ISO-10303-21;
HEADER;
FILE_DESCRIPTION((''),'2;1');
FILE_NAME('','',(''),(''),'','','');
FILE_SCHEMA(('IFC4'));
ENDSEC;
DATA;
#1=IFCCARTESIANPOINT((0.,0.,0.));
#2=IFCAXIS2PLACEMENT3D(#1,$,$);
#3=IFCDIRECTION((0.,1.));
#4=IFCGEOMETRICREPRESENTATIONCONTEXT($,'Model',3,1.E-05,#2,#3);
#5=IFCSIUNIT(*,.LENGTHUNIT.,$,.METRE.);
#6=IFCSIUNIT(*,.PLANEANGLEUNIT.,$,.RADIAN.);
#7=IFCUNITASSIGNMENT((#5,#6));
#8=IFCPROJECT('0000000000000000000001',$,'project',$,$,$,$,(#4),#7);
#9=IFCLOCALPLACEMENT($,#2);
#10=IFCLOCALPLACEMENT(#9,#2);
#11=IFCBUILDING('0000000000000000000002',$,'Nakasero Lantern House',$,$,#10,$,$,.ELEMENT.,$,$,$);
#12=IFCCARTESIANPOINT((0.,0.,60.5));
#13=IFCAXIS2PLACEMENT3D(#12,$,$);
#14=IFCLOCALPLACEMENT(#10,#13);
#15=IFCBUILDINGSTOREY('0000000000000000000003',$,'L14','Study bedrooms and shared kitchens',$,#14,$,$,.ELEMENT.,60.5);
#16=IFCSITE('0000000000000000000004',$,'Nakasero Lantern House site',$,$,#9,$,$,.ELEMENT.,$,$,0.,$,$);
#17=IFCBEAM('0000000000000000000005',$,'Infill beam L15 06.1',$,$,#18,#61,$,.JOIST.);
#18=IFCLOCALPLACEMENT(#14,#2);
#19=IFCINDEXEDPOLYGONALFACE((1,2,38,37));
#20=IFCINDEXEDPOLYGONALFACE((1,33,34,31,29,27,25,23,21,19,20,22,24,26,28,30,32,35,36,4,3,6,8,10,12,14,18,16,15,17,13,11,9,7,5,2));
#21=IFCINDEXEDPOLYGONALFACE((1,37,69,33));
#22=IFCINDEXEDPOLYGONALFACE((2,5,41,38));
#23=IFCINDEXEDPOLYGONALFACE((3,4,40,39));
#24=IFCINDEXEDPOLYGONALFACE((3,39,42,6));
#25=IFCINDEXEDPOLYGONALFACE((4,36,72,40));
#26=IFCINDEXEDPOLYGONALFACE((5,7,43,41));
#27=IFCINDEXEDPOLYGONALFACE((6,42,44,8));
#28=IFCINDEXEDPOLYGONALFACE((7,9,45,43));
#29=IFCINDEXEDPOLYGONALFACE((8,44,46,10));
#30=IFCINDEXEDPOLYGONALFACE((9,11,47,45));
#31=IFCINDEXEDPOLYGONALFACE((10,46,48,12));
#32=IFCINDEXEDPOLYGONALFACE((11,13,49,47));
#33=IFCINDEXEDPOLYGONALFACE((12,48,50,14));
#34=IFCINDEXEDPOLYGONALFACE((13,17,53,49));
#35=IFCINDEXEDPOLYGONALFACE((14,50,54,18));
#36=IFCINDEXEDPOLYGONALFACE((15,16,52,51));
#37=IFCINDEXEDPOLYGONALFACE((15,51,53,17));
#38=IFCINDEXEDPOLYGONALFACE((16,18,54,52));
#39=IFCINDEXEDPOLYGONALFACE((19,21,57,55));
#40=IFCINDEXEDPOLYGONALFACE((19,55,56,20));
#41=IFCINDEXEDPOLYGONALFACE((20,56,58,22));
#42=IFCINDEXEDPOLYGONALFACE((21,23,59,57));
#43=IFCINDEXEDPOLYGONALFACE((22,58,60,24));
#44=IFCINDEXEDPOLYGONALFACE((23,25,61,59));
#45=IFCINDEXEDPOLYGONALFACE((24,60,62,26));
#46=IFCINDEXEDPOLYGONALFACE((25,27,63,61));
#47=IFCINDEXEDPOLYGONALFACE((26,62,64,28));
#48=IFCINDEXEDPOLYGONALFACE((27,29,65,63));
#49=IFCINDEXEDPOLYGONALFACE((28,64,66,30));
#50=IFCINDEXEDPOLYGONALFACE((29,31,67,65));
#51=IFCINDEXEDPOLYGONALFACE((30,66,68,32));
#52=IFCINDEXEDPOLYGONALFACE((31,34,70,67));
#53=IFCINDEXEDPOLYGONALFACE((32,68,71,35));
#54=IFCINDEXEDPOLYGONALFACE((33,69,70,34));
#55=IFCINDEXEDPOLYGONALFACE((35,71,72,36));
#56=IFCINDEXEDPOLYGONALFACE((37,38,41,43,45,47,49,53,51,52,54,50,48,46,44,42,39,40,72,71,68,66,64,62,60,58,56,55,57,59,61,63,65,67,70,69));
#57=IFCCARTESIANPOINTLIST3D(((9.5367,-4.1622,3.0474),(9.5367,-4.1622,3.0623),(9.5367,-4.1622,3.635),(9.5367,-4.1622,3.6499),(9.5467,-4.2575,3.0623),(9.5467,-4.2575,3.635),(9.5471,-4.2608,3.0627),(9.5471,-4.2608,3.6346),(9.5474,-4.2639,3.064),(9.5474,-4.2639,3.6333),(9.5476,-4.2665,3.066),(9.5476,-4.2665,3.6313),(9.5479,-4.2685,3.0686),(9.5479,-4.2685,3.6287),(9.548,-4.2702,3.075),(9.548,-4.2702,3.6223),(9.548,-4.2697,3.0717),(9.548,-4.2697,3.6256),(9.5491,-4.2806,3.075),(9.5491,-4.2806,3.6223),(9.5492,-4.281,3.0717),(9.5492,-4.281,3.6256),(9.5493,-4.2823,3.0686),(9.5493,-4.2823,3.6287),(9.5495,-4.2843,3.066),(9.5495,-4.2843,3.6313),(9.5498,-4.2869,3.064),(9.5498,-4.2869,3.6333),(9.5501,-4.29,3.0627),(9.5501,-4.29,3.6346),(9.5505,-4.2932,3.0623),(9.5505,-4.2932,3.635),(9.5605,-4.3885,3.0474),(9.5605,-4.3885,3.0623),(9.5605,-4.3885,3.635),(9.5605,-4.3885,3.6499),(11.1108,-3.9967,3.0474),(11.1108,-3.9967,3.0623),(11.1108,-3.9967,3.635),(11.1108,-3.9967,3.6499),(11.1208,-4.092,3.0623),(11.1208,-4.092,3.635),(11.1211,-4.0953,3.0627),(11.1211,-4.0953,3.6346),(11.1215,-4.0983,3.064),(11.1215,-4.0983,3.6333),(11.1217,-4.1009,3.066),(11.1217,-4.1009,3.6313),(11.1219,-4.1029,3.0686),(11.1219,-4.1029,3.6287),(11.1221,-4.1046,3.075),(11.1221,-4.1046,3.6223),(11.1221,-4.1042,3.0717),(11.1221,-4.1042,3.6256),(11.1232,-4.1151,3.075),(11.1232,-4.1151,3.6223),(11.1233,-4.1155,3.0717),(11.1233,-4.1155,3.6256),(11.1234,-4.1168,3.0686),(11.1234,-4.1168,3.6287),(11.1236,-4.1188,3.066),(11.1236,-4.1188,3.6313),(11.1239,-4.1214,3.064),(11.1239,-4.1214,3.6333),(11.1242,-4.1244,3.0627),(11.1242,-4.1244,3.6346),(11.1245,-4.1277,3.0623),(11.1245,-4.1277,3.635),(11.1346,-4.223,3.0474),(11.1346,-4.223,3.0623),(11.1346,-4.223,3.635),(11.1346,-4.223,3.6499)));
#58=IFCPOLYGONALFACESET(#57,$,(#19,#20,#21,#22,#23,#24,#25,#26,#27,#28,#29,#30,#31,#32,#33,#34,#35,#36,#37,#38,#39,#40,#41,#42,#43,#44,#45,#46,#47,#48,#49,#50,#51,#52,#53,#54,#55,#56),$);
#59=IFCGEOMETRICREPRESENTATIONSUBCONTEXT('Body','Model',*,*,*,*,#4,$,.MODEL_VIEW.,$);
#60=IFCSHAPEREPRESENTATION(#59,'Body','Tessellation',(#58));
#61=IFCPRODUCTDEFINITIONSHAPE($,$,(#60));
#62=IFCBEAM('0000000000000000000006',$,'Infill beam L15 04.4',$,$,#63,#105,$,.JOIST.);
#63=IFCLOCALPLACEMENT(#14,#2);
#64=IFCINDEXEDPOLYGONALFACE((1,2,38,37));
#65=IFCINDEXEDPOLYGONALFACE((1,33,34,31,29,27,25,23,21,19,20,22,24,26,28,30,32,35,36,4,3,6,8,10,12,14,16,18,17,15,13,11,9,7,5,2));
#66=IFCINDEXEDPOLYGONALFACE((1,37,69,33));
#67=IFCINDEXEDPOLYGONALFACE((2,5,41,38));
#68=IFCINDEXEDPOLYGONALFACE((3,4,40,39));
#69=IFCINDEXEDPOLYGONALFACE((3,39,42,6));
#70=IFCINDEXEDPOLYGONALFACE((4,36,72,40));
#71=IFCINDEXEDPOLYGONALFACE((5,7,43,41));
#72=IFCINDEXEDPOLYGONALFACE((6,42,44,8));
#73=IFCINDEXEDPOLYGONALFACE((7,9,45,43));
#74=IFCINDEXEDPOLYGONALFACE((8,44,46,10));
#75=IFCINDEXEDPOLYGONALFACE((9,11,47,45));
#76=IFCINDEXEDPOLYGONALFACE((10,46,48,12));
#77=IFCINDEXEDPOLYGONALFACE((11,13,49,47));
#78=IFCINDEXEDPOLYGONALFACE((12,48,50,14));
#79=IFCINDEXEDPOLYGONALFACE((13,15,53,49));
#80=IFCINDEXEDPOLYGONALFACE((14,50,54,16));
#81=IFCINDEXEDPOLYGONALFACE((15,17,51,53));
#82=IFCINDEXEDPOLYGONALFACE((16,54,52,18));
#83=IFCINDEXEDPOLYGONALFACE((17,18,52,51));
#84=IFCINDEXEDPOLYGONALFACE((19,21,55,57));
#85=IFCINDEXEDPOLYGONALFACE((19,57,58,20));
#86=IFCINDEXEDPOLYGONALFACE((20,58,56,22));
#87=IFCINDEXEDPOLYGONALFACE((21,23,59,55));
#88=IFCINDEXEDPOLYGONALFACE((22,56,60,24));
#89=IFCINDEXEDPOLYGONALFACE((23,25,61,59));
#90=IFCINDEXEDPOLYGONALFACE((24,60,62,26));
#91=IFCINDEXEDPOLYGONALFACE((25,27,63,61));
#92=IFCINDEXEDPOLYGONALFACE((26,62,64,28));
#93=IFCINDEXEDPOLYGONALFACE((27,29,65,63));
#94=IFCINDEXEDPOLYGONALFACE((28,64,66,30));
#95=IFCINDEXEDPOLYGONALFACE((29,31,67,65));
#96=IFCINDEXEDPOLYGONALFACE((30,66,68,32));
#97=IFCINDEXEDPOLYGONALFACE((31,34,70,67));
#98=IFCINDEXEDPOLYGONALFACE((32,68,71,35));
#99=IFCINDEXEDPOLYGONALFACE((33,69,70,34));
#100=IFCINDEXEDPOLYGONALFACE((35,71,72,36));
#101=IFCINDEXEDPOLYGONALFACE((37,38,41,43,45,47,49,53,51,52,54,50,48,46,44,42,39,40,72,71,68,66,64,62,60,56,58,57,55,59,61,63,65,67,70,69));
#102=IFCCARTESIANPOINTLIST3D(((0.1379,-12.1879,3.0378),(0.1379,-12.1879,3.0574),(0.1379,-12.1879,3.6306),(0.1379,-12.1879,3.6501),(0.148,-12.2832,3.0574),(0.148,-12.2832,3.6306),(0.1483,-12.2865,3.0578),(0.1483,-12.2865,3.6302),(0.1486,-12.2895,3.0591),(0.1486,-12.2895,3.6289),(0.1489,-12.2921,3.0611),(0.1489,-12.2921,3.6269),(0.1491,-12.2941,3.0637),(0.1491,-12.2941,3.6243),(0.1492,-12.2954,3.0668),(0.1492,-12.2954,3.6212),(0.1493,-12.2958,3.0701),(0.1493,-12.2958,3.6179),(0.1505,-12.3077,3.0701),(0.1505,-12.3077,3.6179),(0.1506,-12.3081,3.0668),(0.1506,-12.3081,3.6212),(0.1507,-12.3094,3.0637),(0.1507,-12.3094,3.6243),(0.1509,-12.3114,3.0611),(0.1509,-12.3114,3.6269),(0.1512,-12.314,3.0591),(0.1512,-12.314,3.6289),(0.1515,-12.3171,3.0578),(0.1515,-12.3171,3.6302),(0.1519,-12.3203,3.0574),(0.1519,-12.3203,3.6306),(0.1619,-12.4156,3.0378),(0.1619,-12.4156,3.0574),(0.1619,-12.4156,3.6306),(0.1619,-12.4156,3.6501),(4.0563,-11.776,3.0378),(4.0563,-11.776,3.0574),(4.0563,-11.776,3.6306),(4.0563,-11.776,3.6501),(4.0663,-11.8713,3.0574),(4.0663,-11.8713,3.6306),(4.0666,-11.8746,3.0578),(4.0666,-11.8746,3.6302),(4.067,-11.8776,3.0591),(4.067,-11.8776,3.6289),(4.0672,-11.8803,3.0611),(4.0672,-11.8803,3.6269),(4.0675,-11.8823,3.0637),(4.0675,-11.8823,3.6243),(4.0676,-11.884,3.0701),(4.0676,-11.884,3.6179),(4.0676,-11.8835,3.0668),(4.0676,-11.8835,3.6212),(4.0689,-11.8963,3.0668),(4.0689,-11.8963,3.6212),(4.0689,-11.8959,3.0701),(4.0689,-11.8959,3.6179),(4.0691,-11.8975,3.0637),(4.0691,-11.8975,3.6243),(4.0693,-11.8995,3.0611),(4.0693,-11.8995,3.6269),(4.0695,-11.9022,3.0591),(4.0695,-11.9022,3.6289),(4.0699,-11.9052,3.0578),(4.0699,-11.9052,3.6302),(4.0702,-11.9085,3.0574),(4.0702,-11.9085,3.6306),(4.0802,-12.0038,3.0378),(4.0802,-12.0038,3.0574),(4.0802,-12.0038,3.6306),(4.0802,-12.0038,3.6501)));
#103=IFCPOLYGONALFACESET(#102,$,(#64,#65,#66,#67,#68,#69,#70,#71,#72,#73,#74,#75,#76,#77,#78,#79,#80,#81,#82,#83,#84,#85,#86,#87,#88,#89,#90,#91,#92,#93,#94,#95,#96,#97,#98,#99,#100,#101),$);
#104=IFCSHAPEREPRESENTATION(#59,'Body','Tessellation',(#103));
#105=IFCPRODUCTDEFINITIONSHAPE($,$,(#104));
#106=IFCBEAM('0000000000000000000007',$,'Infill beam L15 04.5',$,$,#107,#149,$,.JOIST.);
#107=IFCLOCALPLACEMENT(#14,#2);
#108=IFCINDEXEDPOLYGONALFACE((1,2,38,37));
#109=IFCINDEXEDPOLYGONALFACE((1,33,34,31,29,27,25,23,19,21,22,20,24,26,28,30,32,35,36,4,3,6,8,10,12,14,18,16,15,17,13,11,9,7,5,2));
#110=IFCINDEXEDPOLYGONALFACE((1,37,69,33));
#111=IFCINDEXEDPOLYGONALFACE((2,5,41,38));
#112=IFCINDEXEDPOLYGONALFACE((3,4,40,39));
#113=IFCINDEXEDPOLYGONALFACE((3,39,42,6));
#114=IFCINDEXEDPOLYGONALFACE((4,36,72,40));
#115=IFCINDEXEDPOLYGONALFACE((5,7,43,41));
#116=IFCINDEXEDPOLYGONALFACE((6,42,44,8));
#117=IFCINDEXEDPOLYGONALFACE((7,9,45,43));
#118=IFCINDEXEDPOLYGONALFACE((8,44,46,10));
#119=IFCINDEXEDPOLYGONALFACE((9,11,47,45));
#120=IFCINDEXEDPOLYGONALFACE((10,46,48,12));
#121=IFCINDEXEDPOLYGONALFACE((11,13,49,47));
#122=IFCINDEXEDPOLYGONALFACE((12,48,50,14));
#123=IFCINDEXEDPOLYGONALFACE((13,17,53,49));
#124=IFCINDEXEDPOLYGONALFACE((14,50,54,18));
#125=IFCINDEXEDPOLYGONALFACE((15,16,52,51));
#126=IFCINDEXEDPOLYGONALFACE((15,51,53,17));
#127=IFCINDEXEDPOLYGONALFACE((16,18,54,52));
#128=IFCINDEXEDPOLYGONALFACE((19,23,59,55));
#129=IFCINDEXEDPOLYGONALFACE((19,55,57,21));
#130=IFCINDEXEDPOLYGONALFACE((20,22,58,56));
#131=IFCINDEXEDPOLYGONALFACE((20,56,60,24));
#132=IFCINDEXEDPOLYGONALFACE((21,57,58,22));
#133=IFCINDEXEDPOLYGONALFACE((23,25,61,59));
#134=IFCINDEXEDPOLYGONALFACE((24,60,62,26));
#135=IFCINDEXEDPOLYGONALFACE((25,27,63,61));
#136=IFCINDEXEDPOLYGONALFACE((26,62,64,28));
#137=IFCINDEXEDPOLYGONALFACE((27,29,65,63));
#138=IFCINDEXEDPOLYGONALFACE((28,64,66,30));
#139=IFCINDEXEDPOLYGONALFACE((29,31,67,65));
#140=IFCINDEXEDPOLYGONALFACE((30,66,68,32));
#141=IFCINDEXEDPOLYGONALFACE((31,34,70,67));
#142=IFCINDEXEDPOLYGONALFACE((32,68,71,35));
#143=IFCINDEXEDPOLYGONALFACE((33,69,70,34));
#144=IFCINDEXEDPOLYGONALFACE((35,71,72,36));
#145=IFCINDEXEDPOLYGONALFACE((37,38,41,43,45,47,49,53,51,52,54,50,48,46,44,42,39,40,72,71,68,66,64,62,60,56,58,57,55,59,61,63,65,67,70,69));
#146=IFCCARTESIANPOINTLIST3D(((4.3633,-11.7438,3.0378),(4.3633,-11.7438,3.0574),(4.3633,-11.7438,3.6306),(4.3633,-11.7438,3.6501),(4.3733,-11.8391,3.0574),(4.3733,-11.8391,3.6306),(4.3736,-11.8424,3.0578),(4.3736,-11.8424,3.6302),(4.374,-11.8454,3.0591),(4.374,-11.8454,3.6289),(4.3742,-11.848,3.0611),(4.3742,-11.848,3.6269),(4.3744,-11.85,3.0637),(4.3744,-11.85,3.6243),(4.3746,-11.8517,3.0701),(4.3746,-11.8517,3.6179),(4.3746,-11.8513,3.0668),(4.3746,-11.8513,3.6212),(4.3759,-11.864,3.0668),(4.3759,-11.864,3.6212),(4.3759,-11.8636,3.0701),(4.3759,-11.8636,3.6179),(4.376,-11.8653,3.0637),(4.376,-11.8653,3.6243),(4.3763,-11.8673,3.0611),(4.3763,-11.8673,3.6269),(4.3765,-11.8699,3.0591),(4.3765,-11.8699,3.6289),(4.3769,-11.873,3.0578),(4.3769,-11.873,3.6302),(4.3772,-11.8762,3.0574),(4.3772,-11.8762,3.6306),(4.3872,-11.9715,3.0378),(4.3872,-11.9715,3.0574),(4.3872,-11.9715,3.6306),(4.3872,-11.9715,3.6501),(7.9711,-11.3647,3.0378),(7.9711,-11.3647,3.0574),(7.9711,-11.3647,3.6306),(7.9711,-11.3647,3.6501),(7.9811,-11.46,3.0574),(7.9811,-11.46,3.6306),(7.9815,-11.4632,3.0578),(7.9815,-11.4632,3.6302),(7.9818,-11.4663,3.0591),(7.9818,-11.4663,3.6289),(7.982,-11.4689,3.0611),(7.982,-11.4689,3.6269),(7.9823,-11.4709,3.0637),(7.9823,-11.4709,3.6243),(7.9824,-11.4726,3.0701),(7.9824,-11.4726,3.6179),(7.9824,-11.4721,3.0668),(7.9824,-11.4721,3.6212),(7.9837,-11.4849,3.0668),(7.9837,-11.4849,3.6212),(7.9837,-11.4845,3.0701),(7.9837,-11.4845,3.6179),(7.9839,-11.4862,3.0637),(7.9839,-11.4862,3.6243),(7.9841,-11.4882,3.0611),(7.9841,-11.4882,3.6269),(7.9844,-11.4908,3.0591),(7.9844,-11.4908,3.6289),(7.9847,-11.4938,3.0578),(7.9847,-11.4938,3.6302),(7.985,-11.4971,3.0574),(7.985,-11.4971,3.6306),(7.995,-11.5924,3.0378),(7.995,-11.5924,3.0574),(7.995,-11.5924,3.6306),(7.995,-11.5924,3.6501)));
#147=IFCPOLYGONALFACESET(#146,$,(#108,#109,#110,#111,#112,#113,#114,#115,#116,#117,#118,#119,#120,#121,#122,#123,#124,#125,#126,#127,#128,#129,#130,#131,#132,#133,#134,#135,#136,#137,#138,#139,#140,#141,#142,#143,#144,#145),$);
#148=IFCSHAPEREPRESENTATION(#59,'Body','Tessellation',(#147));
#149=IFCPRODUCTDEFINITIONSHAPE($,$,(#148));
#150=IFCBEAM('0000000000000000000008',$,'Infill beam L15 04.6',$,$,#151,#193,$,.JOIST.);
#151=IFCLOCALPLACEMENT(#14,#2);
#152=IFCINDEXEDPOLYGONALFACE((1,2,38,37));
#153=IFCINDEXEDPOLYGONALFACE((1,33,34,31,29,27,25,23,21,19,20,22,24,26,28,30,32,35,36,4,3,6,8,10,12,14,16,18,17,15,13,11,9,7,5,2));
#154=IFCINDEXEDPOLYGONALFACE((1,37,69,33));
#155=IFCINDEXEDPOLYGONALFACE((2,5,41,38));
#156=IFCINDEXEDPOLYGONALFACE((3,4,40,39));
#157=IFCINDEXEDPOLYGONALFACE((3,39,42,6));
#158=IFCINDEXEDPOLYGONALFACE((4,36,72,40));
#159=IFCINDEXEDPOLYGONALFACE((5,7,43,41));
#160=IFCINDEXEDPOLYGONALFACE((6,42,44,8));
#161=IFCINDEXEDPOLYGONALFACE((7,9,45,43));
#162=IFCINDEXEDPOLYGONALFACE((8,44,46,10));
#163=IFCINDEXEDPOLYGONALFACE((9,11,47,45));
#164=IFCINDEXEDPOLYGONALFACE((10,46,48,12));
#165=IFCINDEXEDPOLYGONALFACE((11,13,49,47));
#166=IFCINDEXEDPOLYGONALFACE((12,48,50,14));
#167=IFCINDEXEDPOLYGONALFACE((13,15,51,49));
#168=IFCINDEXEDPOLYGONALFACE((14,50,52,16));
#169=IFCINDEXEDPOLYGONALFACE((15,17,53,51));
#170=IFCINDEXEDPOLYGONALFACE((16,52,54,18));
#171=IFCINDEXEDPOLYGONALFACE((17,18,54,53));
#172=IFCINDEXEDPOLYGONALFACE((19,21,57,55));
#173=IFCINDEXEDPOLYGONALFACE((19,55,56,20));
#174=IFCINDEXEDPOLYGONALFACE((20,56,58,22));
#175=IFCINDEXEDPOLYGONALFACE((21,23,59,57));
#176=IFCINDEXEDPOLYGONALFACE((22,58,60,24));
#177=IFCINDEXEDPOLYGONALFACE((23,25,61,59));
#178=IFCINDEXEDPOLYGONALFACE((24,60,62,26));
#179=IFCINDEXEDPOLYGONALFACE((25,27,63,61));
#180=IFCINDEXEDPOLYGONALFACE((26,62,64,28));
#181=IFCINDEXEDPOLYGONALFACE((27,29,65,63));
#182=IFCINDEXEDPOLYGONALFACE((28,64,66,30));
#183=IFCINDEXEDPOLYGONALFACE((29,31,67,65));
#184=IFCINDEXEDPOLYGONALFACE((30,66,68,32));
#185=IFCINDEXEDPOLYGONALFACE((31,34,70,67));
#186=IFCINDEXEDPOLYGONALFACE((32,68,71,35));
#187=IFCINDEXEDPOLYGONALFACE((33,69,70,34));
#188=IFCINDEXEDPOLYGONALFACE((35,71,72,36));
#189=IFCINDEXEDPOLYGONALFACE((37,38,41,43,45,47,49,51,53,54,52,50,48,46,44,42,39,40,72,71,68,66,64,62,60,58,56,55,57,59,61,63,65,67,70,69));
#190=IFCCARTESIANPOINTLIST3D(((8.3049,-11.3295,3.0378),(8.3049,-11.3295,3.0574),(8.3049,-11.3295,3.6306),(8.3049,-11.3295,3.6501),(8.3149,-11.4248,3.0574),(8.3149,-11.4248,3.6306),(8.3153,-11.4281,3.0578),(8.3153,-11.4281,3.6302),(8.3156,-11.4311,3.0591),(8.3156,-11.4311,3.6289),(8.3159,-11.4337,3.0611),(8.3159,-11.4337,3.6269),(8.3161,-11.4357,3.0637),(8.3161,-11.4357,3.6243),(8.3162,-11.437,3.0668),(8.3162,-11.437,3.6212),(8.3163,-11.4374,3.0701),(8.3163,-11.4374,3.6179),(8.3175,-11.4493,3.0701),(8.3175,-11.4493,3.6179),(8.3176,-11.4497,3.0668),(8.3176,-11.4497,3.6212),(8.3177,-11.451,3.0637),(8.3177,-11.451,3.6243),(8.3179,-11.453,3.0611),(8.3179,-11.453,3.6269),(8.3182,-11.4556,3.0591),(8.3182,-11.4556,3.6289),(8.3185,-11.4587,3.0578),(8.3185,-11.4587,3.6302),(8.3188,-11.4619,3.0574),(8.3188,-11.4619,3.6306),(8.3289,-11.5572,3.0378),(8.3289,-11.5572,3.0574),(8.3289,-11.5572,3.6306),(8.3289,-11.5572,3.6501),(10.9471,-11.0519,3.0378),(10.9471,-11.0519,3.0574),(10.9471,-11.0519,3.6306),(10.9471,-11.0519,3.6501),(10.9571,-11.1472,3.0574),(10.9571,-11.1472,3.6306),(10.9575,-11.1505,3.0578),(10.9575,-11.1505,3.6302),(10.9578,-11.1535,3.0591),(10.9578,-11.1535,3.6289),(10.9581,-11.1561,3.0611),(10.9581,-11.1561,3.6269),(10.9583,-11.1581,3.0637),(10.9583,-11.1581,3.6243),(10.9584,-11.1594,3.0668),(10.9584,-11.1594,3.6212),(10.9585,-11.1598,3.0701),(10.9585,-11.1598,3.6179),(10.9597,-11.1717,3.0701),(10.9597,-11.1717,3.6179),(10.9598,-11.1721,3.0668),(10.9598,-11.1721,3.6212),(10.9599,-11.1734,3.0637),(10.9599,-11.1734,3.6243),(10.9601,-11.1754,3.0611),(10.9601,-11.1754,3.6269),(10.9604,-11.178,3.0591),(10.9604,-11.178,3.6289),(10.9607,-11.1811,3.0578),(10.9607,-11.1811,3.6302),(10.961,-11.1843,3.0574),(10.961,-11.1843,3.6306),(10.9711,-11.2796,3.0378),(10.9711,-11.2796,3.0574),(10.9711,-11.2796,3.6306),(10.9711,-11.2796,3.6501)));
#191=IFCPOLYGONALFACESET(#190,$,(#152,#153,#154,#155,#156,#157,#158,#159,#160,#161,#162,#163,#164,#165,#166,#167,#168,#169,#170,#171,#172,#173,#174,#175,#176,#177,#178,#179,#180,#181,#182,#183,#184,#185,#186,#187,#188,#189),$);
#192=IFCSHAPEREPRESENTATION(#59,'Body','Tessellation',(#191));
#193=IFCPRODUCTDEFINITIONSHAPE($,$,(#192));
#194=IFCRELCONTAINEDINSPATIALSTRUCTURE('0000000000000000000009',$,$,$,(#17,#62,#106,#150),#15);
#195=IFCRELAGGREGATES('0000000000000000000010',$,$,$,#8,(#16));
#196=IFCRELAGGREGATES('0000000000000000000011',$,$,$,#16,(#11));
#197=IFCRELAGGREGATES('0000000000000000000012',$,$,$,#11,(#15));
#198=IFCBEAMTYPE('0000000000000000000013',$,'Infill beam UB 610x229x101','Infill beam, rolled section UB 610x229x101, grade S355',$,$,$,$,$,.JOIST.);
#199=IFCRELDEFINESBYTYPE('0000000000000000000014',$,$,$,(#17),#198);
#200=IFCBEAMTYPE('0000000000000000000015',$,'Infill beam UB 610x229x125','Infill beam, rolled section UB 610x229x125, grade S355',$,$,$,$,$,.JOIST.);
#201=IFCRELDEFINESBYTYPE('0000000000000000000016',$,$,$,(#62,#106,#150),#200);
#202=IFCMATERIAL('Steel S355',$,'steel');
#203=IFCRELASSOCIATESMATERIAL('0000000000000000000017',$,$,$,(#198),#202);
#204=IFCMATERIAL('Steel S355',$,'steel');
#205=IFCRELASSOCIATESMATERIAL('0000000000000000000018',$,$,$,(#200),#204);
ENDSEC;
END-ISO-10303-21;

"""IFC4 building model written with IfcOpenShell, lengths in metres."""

from ifc_helpers import new_model, si_unit, direction, frame, origin, origin_2d, place, context, subcontext, project, spatial, i_section, extrude, material, material_profile, profile_set, type_object, element, save


model = new_model("IFC4")

# Units and contexts
model_context = context("Model", 3, precision=1e-05, world=origin(), true_north=direction((0.0, 1.0)))
body_context = subcontext(model_context, "Body", "Model", "MODEL_VIEW")
ifc_project = project(units=[si_unit("LENGTHUNIT", "METRE"), si_unit("PLANEANGLEUNIT", "RADIAN")], contexts=[model_context])

# Site, building, storey
site_placement = place(None, origin())
site = spatial("IfcSite", under=ifc_project, at=site_placement, Name="Nakasero Lantern House site", CompositionType="ELEMENT", RefElevation=0.0)
building_placement = place(site_placement, origin())
building = spatial("IfcBuilding", under=site, at=building_placement, Name="Nakasero Lantern House", CompositionType="ELEMENT")
storey_placement = place(building_placement, frame((0.0, 0.0, 60.5)))
storey = spatial("IfcBuildingStorey", under=building, at=storey_placement, Name="L14", Description="Study bedrooms and shared kitchens", CompositionType="ELEMENT", Elevation=60.5)

# Beams
ifc_material_1 = material(Name="Steel S355", Category="steel")
ifc_material_profile_1 = material_profile(ifc_material_1, i_section(OverallWidth=0.2275, OverallDepth=0.6025, WebThickness=0.0105, FlangeThickness=0.0149, FilletRadius=0.0127, at=origin_2d()), Name="UB 610x229x101")
ifc_profile_set_1 = profile_set([ifc_material_profile_1], Name="Steel S355")
beam_type_1 = type_object("IfcBeamType", Name="Infill beam UB 610x229x101", Description="Infill beam, rolled section UB 610x229x101, grade S355", PredefinedType="JOIST", material=ifc_profile_set_1)
beam_1_placement = place(storey_placement, frame((9.5486, -4.2754, 3.3486), z_axis=(0.994516, 0.104588, 0.0), x_axis=(-0.104588, 0.994516, 0.0)))
element("IfcBeam", 1, at=beam_1_placement, inside=storey, type_object=beam_type_1, Name="Infill beam L15 06.1", PredefinedType="JOIST", context=body_context, shape_type="SweptSolid", body=[
    extrude(i_section(OverallWidth=0.2275, OverallDepth=0.6025, WebThickness=0.0105, FlangeThickness=0.0149, FilletRadius=0.0127, at=origin_2d()), origin(), (0.0, 0.0, 1.0), 1.5828),
])
ifc_material_2 = material(Name="Steel S355", Category="steel")
ifc_material_profile_2 = material_profile(ifc_material_2, i_section(OverallWidth=0.229, OverallDepth=0.6123, WebThickness=0.012, FlangeThickness=0.0195, FilletRadius=0.0127, at=origin_2d()), Name="UB 610x229x125")
ifc_profile_set_2 = profile_set([ifc_material_profile_2], Name="Steel S355")
beam_type_2 = type_object("IfcBeamType", Name="Infill beam UB 610x229x125", Description="Infill beam, rolled section UB 610x229x125, grade S355", PredefinedType="JOIST", material=ifc_profile_set_2)
beam_2_placement = place(storey_placement, frame((0.1499, -12.3018, 3.344), z_axis=(0.994521, 0.104533, 0.0), x_axis=(-0.104533, 0.994521, 0.0)))
element("IfcBeam", 2, at=beam_2_placement, inside=storey, type_object=beam_type_2, Name="Infill beam L15 04.4", PredefinedType="JOIST", context=body_context, shape_type="SweptSolid", body=[
    extrude(i_section(OverallWidth=0.229, OverallDepth=0.6123, WebThickness=0.012, FlangeThickness=0.0195, FilletRadius=0.0127, at=origin_2d()), origin(), (0.0, 0.0, 1.0), 3.9399),
])
beam_3_placement = place(storey_placement, frame((4.3752, -11.8577, 3.344), z_axis=(0.994524, 0.104513, 0.0), x_axis=(-0.104513, 0.994524, 0.0)))
element("IfcBeam", 3, at=beam_3_placement, inside=storey, type_object=beam_type_2, Name="Infill beam L15 04.5", PredefinedType="JOIST", context=body_context, shape_type="SweptSolid", body=[
    extrude(i_section(OverallWidth=0.229, OverallDepth=0.6123, WebThickness=0.012, FlangeThickness=0.0195, FilletRadius=0.0127, at=origin_2d()), origin(), (0.0, 0.0, 1.0), 3.6277),
])
beam_4_placement = place(storey_placement, frame((8.3169, -11.4434, 3.344), z_axis=(0.994526, 0.104489, 0.0), x_axis=(-0.104489, 0.994526, 0.0)))
element("IfcBeam", 4, at=beam_4_placement, inside=storey, type_object=beam_type_2, Name="Infill beam L15 04.6", PredefinedType="JOIST", context=body_context, shape_type="SweptSolid", body=[
    extrude(i_section(OverallWidth=0.229, OverallDepth=0.6123, WebThickness=0.012, FlangeThickness=0.0195, FilletRadius=0.0127, at=origin_2d()), origin(), (0.0, 0.0, 1.0), 2.6567),
])

save(model, "model.ifc")
